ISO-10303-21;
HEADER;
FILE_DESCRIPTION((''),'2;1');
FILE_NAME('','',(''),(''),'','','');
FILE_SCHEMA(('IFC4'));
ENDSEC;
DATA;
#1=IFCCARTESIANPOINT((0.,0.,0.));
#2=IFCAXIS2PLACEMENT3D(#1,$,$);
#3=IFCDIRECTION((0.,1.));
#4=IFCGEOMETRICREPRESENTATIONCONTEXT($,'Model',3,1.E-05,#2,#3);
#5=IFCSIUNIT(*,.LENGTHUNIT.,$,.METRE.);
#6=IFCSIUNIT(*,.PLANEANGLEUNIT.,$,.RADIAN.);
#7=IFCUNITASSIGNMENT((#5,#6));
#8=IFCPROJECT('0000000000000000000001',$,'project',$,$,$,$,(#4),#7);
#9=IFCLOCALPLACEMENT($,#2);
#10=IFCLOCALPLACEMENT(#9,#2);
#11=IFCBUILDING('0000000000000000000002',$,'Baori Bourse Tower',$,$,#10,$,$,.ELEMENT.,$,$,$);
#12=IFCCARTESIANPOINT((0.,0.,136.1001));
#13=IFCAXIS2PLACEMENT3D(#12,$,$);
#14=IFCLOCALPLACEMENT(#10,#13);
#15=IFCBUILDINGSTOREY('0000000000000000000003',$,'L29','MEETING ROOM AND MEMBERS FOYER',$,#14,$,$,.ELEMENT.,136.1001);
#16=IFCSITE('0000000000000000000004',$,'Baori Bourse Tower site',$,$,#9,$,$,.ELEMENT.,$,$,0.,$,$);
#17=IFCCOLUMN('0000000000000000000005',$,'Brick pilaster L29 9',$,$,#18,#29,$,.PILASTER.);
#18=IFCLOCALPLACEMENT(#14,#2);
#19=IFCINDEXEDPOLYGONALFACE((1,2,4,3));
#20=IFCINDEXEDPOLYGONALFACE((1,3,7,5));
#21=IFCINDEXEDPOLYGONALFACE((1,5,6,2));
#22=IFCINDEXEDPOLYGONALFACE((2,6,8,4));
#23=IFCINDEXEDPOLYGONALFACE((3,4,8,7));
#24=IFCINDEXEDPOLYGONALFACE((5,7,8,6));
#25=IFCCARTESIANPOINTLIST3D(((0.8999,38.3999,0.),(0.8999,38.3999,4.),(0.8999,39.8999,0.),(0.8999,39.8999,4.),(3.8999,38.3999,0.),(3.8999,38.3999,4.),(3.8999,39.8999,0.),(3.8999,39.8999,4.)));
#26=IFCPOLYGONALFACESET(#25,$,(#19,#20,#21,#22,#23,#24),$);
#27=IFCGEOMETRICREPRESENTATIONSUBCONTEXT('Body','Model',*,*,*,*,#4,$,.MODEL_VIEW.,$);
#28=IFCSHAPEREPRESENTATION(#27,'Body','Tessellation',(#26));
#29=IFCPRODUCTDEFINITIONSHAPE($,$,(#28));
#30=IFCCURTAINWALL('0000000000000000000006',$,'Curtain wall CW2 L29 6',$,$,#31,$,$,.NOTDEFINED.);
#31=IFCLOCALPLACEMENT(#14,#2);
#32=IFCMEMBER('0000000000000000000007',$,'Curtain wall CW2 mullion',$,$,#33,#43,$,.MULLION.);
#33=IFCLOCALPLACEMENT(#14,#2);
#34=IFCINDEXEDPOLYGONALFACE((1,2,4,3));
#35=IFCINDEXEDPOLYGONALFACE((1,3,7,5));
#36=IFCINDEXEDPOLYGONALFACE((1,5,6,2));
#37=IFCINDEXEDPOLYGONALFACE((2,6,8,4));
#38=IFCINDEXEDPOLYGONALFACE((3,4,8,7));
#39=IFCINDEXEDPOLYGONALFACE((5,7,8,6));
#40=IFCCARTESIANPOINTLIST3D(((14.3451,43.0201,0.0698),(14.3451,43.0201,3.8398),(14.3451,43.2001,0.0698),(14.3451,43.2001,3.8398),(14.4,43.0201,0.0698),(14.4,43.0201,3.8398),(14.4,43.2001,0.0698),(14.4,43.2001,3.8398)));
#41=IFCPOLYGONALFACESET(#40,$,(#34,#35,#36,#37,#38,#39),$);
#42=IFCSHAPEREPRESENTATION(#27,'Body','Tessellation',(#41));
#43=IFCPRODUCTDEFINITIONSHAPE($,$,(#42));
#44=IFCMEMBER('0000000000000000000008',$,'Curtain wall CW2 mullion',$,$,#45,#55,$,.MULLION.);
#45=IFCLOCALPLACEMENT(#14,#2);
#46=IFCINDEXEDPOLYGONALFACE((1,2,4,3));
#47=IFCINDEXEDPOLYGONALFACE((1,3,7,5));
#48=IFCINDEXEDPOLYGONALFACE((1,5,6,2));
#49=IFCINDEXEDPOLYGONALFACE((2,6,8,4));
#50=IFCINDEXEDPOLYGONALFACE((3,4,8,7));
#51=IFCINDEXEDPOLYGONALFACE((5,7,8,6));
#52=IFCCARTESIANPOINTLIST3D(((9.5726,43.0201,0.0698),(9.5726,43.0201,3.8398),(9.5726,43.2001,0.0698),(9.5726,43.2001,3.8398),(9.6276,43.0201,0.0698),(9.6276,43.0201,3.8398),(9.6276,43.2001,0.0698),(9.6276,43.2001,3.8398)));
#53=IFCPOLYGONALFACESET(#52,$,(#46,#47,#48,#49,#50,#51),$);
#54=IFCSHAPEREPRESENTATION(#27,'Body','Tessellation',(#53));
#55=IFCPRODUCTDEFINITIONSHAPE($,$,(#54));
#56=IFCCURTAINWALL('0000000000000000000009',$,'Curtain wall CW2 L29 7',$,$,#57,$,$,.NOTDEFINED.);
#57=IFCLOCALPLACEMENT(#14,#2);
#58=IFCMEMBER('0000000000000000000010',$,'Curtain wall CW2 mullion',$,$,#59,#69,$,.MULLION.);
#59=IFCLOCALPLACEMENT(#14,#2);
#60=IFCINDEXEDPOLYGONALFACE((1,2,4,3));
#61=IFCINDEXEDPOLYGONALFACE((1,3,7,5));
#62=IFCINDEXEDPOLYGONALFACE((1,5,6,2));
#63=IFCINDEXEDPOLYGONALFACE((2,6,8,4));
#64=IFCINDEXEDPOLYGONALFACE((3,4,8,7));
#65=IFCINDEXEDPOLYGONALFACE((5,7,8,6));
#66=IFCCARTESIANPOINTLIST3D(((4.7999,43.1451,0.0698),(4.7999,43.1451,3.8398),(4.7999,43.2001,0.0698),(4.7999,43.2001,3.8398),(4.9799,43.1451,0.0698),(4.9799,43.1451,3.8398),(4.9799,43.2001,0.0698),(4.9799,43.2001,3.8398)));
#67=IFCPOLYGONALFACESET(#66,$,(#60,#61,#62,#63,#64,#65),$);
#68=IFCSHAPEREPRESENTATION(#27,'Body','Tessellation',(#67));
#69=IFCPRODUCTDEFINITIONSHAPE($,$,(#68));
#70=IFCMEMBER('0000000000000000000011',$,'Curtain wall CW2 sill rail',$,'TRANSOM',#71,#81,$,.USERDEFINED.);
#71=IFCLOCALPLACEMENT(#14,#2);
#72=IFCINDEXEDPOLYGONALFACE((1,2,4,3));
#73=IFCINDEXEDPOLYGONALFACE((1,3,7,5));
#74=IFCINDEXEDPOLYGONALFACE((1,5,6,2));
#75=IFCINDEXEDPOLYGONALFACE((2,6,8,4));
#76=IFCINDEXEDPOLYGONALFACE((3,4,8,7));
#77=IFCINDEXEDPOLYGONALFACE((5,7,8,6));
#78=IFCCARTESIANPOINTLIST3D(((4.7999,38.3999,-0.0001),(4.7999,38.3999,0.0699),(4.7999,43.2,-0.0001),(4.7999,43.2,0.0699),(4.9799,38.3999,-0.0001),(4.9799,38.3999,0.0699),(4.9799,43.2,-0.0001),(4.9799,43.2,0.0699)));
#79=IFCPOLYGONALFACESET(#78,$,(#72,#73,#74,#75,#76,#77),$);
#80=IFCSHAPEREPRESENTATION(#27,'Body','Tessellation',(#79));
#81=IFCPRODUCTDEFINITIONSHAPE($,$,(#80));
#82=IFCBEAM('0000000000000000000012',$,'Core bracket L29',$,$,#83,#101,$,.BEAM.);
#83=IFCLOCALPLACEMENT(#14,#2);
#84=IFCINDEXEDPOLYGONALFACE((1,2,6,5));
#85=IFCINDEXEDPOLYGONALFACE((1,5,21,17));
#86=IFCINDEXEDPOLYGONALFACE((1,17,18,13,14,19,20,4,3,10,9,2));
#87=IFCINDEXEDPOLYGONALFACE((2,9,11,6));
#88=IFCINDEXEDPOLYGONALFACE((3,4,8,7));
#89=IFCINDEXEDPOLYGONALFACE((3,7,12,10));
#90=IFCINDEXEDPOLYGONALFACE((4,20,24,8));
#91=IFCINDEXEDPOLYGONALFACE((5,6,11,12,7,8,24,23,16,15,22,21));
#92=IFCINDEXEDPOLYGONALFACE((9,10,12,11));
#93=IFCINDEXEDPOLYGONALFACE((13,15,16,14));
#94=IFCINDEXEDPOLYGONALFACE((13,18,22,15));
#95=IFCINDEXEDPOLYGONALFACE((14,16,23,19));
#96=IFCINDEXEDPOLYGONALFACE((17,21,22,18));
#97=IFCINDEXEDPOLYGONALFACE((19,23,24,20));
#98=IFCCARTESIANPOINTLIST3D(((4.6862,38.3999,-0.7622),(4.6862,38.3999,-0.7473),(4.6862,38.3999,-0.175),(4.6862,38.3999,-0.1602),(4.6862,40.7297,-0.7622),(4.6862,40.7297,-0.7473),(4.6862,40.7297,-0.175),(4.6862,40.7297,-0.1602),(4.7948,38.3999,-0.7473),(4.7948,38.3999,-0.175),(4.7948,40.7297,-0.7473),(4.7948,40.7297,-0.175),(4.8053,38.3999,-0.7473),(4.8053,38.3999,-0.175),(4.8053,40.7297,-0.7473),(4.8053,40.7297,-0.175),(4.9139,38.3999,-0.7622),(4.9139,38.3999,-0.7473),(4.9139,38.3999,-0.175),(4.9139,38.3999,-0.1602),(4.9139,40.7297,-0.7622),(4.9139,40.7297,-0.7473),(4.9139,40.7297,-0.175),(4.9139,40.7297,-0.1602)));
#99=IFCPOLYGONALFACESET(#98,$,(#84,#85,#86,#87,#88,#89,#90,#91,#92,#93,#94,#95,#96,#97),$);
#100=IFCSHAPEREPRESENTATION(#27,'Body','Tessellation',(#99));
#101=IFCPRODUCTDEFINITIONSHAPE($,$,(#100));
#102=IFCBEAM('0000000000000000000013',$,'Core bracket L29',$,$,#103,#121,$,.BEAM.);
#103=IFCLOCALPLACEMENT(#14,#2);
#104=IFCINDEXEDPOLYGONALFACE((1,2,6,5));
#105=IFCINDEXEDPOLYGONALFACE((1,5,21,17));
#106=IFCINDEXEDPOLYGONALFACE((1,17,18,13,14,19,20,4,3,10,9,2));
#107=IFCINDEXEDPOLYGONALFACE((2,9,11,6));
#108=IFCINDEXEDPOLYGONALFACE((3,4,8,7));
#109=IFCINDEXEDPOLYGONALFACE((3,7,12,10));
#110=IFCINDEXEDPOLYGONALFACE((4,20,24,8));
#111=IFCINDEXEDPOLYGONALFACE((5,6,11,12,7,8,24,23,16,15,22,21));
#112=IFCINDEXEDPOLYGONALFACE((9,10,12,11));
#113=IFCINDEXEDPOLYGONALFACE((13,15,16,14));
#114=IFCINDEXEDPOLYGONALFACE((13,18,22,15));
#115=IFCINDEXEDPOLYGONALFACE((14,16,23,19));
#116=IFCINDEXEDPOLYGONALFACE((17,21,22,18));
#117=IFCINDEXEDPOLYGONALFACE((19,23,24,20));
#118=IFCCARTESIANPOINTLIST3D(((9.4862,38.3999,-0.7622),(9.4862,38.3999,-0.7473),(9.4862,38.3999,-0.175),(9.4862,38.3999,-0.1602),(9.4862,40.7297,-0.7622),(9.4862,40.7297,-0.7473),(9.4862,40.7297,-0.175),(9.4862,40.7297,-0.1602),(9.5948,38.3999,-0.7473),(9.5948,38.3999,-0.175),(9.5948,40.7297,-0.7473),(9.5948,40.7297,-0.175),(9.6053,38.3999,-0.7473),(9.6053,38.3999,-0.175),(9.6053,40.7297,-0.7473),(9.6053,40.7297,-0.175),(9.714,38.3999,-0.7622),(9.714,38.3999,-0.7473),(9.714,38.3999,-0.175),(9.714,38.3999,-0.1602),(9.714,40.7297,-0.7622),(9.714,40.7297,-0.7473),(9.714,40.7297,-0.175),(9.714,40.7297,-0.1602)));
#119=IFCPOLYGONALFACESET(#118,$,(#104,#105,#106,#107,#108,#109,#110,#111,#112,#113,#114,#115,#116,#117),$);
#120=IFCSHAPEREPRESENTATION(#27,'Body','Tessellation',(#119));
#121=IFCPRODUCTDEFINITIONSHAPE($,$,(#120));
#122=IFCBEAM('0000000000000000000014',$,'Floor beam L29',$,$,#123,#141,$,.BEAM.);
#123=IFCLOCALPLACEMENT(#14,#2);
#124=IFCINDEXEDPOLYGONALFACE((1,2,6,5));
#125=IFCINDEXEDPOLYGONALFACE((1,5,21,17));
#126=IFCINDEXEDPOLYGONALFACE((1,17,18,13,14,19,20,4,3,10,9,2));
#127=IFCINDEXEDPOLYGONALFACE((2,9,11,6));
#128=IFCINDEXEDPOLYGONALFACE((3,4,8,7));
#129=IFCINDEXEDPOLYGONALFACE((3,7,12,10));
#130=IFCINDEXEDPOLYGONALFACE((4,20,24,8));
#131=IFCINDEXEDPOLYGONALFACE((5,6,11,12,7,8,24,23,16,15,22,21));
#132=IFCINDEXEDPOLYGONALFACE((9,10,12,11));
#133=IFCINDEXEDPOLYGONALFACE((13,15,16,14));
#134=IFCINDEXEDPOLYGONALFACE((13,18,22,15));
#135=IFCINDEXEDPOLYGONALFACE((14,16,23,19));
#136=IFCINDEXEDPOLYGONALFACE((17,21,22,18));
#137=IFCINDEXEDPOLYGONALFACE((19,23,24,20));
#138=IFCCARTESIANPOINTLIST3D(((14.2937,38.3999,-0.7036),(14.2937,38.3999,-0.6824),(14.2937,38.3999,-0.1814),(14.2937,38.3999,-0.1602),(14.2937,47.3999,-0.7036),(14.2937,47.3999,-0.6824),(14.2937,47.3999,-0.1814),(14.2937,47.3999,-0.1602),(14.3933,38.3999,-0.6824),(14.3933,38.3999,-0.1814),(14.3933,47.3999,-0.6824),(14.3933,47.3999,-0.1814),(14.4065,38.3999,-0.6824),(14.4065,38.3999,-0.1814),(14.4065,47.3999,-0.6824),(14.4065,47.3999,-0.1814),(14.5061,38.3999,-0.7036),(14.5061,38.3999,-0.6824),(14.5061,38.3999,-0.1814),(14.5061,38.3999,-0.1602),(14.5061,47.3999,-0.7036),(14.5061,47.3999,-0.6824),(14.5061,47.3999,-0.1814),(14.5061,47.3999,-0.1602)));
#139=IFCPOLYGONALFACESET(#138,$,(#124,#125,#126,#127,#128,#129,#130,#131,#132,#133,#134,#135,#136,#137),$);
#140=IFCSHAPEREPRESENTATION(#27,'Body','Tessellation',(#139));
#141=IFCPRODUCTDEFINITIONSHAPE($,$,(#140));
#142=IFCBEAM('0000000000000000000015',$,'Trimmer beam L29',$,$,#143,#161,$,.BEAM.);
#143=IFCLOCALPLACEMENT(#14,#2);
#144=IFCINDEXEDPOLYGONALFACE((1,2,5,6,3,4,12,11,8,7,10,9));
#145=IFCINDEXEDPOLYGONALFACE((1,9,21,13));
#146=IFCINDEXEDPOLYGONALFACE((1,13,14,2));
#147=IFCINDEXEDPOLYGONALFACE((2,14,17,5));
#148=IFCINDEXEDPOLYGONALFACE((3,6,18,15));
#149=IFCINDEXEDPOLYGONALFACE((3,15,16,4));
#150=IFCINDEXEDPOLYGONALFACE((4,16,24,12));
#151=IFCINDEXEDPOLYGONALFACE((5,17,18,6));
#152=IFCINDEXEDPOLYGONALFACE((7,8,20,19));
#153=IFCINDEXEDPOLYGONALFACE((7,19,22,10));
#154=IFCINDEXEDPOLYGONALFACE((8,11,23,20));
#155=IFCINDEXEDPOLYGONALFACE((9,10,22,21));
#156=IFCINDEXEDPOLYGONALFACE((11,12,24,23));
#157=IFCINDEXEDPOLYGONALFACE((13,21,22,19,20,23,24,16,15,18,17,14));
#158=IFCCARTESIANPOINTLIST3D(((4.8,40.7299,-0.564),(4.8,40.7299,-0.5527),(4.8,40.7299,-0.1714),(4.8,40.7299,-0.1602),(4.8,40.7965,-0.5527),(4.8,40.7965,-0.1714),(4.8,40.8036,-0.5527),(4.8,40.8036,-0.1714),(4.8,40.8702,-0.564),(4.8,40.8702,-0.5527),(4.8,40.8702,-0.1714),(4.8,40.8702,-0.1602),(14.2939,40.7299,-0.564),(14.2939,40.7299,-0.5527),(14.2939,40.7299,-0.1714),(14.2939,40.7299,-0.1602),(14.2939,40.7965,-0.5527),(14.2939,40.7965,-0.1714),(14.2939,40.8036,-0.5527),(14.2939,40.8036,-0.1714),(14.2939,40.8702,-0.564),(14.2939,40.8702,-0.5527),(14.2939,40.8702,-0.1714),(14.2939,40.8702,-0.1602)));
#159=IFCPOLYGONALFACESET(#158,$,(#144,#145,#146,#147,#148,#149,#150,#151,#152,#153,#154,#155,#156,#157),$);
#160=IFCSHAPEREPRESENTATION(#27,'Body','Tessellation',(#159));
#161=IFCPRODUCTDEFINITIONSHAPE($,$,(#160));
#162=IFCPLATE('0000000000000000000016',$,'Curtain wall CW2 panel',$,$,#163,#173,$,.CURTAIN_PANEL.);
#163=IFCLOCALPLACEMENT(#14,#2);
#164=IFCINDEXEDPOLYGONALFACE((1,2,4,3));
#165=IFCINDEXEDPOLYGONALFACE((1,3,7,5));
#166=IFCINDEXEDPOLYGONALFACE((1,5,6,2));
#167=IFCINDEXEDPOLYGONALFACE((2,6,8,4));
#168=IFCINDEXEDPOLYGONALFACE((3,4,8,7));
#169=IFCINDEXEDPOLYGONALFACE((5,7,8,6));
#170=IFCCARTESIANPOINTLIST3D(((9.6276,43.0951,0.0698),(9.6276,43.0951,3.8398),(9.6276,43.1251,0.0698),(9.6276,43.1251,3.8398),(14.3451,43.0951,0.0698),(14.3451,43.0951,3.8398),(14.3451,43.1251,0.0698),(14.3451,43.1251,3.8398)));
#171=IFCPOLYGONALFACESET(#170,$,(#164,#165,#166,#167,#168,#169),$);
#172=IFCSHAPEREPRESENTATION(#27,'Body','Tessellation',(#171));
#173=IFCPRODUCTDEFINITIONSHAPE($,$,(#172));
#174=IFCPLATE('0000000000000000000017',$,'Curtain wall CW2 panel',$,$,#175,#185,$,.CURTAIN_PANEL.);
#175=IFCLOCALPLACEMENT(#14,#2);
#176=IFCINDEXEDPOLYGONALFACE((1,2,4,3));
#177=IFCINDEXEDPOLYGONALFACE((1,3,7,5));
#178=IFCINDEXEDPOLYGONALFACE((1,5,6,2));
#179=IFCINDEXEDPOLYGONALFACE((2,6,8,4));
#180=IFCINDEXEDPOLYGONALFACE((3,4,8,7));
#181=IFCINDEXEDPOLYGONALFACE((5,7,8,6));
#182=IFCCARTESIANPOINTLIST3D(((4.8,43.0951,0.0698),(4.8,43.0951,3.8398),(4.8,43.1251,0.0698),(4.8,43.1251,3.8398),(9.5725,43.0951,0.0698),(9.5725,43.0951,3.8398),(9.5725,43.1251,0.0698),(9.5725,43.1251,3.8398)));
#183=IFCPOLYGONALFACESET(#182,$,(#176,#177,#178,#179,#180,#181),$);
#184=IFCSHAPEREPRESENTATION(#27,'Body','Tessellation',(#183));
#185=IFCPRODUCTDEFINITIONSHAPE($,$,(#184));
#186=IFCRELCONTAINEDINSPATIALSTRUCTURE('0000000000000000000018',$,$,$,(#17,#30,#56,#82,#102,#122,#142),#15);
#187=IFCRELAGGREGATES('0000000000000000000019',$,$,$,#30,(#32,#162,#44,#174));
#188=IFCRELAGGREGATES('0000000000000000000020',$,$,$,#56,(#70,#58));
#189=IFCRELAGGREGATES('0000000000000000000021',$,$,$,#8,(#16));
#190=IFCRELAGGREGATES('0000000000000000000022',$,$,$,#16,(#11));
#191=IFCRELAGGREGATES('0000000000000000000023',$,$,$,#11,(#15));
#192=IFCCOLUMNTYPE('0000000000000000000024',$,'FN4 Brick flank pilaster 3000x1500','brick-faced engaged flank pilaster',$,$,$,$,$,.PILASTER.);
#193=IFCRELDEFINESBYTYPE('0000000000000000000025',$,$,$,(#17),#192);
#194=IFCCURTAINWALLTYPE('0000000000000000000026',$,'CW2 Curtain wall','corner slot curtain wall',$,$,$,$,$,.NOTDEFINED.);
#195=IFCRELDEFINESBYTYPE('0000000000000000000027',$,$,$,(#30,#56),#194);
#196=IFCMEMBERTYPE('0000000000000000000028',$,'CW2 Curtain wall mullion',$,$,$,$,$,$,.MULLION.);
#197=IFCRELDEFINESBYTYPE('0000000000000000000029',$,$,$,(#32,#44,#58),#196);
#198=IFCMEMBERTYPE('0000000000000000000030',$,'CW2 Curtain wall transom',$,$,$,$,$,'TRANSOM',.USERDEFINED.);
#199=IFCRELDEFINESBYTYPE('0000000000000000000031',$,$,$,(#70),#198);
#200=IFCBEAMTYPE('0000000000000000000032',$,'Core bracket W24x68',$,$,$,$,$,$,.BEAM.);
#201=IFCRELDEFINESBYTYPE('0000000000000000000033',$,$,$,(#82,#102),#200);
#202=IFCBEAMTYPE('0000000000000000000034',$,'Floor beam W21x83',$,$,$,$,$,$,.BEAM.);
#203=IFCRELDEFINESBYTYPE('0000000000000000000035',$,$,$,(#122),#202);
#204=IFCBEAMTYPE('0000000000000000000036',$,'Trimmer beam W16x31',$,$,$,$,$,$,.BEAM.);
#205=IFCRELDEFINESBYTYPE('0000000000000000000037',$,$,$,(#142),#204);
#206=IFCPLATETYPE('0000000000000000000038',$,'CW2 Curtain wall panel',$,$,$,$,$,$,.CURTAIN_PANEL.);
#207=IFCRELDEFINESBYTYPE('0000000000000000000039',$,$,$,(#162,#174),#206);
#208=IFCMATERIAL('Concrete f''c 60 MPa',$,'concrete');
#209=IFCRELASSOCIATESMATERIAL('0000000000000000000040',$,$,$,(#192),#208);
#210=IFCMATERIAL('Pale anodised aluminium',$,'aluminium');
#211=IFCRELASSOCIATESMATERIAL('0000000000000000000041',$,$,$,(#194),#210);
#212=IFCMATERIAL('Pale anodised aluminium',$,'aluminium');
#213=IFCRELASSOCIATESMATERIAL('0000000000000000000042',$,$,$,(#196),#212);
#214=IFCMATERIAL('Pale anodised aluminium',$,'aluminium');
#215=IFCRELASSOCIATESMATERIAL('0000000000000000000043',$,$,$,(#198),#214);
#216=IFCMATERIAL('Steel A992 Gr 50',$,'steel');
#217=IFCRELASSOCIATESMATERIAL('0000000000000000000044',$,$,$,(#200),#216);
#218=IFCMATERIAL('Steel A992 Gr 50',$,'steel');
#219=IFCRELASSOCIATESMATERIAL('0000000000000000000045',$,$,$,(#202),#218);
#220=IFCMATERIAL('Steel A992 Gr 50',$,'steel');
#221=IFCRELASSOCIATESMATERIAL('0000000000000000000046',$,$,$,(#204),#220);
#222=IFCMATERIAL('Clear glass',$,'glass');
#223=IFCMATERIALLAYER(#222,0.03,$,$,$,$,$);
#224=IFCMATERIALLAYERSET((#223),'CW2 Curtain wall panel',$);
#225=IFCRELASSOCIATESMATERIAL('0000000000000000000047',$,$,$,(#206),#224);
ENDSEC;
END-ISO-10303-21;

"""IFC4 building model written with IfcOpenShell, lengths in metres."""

from ifc_helpers import new_model, si_unit, direction, frame, origin, origin_2d, place, context, subcontext, project, spatial, rectangle, i_section, extrude, material, layer, layer_set, material_profile, profile_set, type_object, element, aggregate, save


model = new_model("IFC4")

# Units and contexts
model_context = context("Model", 3, precision=1e-05, world=origin(), true_north=direction((0.0, 1.0)))
body_context = subcontext(model_context, "Body", "Model", "MODEL_VIEW")
ifc_project = project(units=[si_unit("LENGTHUNIT", "METRE"), si_unit("PLANEANGLEUNIT", "RADIAN")], contexts=[model_context])

# Site, building, storey
site_placement = place(None, origin())
site = spatial("IfcSite", under=ifc_project, at=site_placement, Name="Baori Bourse Tower site", CompositionType="ELEMENT", RefElevation=0.0)
building_placement = place(site_placement, origin())
building = spatial("IfcBuilding", under=site, at=building_placement, Name="Baori Bourse Tower", CompositionType="ELEMENT")
storey_placement = place(building_placement, frame((0.0, 0.0, 136.1001)))
storey = spatial("IfcBuildingStorey", under=building, at=storey_placement, Name="L29", Description="MEETING ROOM AND MEMBERS FOYER", CompositionType="ELEMENT", Elevation=136.1001)

# Column
ifc_material_1 = material(Name="Concrete f'c 60 MPa", Category="concrete")
ifc_material_profile_1 = material_profile(ifc_material_1, rectangle(XDim=3.0, YDim=1.5, at=origin_2d()), Name="RC 3000x1500")
ifc_profile_set_1 = profile_set([ifc_material_profile_1], Name="Concrete f'c 60 MPa")
column_type = type_object("IfcColumnType", Name="FN4 Brick flank pilaster 3000x1500", Description="brick-faced engaged flank pilaster", PredefinedType="PILASTER", material=ifc_profile_set_1)
column_placement = place(storey_placement, frame((2.3999, 39.1499, 0.0), z_axis=(0.0, 0.0, 1.0), x_axis=(1.0, 0.0, 0.0)))
element("IfcColumn", 1, at=column_placement, inside=storey, type_object=column_type, Name="Brick pilaster L29 9", PredefinedType="PILASTER", context=body_context, shape_type="SweptSolid", body=[
    extrude(rectangle(XDim=3.0, YDim=1.5, at=origin_2d()), origin(), (0.0, 0.0, 1.0), 4.0),
])

# Curtain walls, members
ifc_material_2 = material(Name="Pale anodised aluminium", Category="aluminium")
curtain_wall_type = type_object("IfcCurtainWallType", Name="CW2 Curtain wall", Description="corner slot curtain wall", PredefinedType="NOTDEFINED", material=ifc_material_2)
curtain_wall_1_placement = place(storey_placement, origin())
curtain_wall_1 = element("IfcCurtainWall", 2, at=curtain_wall_1_placement, inside=storey, type_object=curtain_wall_type, Name="Curtain wall CW2 L29 6", PredefinedType="NOTDEFINED")
ifc_material_3 = material(Name="Pale anodised aluminium", Category="aluminium")
ifc_material_profile_2 = material_profile(ifc_material_3, rectangle(XDim=0.1799, YDim=0.0549, at=origin_2d()), Name="Mullion 55x180")
ifc_profile_set_2 = profile_set([ifc_material_profile_2], Name="Pale anodised aluminium")
member_type_1 = type_object("IfcMemberType", Name="CW2 Curtain wall mullion", PredefinedType="MULLION", material=ifc_profile_set_2)
member_1_placement = place(storey_placement, frame((14.3726, 43.1101, 0.0698), z_axis=(0.0, 0.0, 1.0), x_axis=(0.0, -1.0, 0.0)))
member_1 = element("IfcMember", 3, at=member_1_placement, type_object=member_type_1, Name="Curtain wall CW2 mullion", PredefinedType="MULLION", context=body_context, shape_type="SweptSolid", body=[
    extrude(rectangle(XDim=0.1799, YDim=0.0549, at=origin_2d()), origin(), (0.0, 0.0, 1.0), 3.77),
])
member_2_placement = place(storey_placement, frame((9.6001, 43.1101, 0.0698), z_axis=(0.0, 0.0, 1.0), x_axis=(0.0, -1.0, 0.0)))
member_2 = element("IfcMember", 4, at=member_2_placement, type_object=member_type_1, Name="Curtain wall CW2 mullion", PredefinedType="MULLION", context=body_context, shape_type="SweptSolid", body=[
    extrude(rectangle(XDim=0.1799, YDim=0.0549, at=origin_2d()), origin(), (0.0, 0.0, 1.0), 3.77),
])
curtain_wall_2_placement = place(storey_placement, origin())
curtain_wall_2 = element("IfcCurtainWall", 5, at=curtain_wall_2_placement, inside=storey, type_object=curtain_wall_type, Name="Curtain wall CW2 L29 7", PredefinedType="NOTDEFINED")
member_3_placement = place(storey_placement, frame((4.8899, 43.1726, 0.0698), z_axis=(0.0, 0.0, 1.0), x_axis=(1.0, 0.0, 0.0)))
member_3 = element("IfcMember", 6, at=member_3_placement, type_object=member_type_1, Name="Curtain wall CW2 mullion", PredefinedType="MULLION", context=body_context, shape_type="SweptSolid", body=[
    extrude(rectangle(XDim=0.1799, YDim=0.0549, at=origin_2d()), origin(), (0.0, 0.0, 1.0), 3.77),
])
ifc_material_4 = material(Name="Pale anodised aluminium", Category="aluminium")
ifc_material_profile_3 = material_profile(ifc_material_4, rectangle(XDim=0.1799, YDim=0.0701, at=origin_2d()), Name="Transom 70x180")
ifc_profile_set_3 = profile_set([ifc_material_profile_3], Name="Pale anodised aluminium")
member_type_2 = type_object("IfcMemberType", Name="CW2 Curtain wall transom", ElementType="TRANSOM", PredefinedType="USERDEFINED", material=ifc_profile_set_3)
member_4_placement = place(storey_placement, frame((4.8899, 43.2, 0.0349), z_axis=(0.0, -1.0, 0.0), x_axis=(1.0, 0.0, 0.0)))
member_4 = element("IfcMember", 7, at=member_4_placement, type_object=member_type_2, Name="Curtain wall CW2 sill rail", ObjectType="TRANSOM", PredefinedType="USERDEFINED", context=body_context, shape_type="SweptSolid", body=[
    extrude(rectangle(XDim=0.1799, YDim=0.0701, at=origin_2d()), origin(), (0.0, 0.0, 1.0), 4.8),
])

# Beams
ifc_material_5 = material(Name="Steel A992 Gr 50", Category="steel")
ifc_material_profile_4 = material_profile(ifc_material_5, i_section(OverallWidth=0.2278, OverallDepth=0.6021, WebThickness=0.0105, FlangeThickness=0.0149, at=origin_2d()), Name="W24x68")
ifc_profile_set_4 = profile_set([ifc_material_profile_4], Name="Steel A992 Gr 50")
beam_type_1 = type_object("IfcBeamType", Name="Core bracket W24x68", PredefinedType="BEAM", material=ifc_profile_set_4)
for number, where, z_axis, x_axis, name in (
    (8, (4.8, 38.3999, -0.4612), (0.0, 1.0, 0.0), (-1.0, 0.0, 0.0), "Core bracket L29"),
    (9, (9.6001, 38.3999, -0.4612), (0.0, 1.0, 0.0), (-1.0, 0.0, 0.0), "Core bracket L29"),
):
    element("IfcBeam", number, at=place(storey_placement, frame(where, z_axis=z_axis, x_axis=x_axis)), inside=storey, type_object=beam_type_1, Name=name, PredefinedType="BEAM", context=body_context, shape_type="SweptSolid", body=[
        extrude(i_section(OverallWidth=0.2278, OverallDepth=0.6021, WebThickness=0.0105, FlangeThickness=0.0149, at=origin_2d()), origin(), (0.0, 0.0, 1.0), 2.3298),
    ])
ifc_material_6 = material(Name="Steel A992 Gr 50", Category="steel")
ifc_material_profile_5 = material_profile(ifc_material_6, i_section(OverallWidth=0.2124, OverallDepth=0.5435, WebThickness=0.0132, FlangeThickness=0.0212, at=origin_2d()), Name="W21x83")
ifc_profile_set_5 = profile_set([ifc_material_profile_5], Name="Steel A992 Gr 50")
beam_type_2 = type_object("IfcBeamType", Name="Floor beam W21x83", PredefinedType="BEAM", material=ifc_profile_set_5)
beam_1_placement = place(storey_placement, frame((14.3999, 38.3999, -0.4319), z_axis=(0.0, 1.0, 0.0), x_axis=(-1.0, 0.0, 0.0)))
element("IfcBeam", 10, at=beam_1_placement, inside=storey, type_object=beam_type_2, Name="Floor beam L29", PredefinedType="BEAM", context=body_context, shape_type="SweptSolid", body=[
    extrude(i_section(OverallWidth=0.2124, OverallDepth=0.5435, WebThickness=0.0132, FlangeThickness=0.0212, at=origin_2d()), origin(), (0.0, 0.0, 1.0), 9.0),
])
ifc_material_7 = material(Name="Steel A992 Gr 50", Category="steel")
ifc_material_profile_6 = material_profile(ifc_material_7, i_section(OverallWidth=0.1404, OverallDepth=0.4038, WebThickness=0.0071, FlangeThickness=0.0112, at=origin_2d()), Name="W16x31")
ifc_profile_set_6 = profile_set([ifc_material_profile_6], Name="Steel A992 Gr 50")
beam_type_3 = type_object("IfcBeamType", Name="Trimmer beam W16x31", PredefinedType="BEAM", material=ifc_profile_set_6)
beam_2_placement = place(storey_placement, frame((4.8, 40.8, -0.3621), z_axis=(1.0, 0.0, 0.0), x_axis=(0.0, 1.0, 0.0)))
element("IfcBeam", 11, at=beam_2_placement, inside=storey, type_object=beam_type_3, Name="Trimmer beam L29", PredefinedType="BEAM", context=body_context, shape_type="SweptSolid", body=[
    extrude(i_section(OverallWidth=0.1404, OverallDepth=0.4038, WebThickness=0.0071, FlangeThickness=0.0112, at=origin_2d()), origin(), (0.0, 0.0, 1.0), 9.4939),
])

# Plates
ifc_material_8 = material(Name="Clear glass", Category="glass")
ifc_layer_1 = layer(ifc_material_8, 0.03)
ifc_layer_set_1 = layer_set([ifc_layer_1], Name="CW2 Curtain wall panel")
plate_type = type_object("IfcPlateType", Name="CW2 Curtain wall panel", PredefinedType="CURTAIN_PANEL", material=ifc_layer_set_1)
plate_1_placement = place(storey_placement, frame((11.9863, 43.1101, 0.0698), z_axis=(0.0, 0.0, 1.0), x_axis=(-1.0, 0.0, 0.0)))
plate_1 = element("IfcPlate", 12, at=plate_1_placement, type_object=plate_type, Name="Curtain wall CW2 panel", PredefinedType="CURTAIN_PANEL", context=body_context, shape_type="SweptSolid", body=[
    extrude(rectangle(XDim=4.7175, YDim=0.03, at=origin_2d()), origin(), (0.0, 0.0, 1.0), 3.77),
])
plate_2_placement = place(storey_placement, frame((7.1863, 43.1101, 0.0698), z_axis=(0.0, 0.0, 1.0), x_axis=(-1.0, 0.0, 0.0)))
plate_2 = element("IfcPlate", 13, at=plate_2_placement, type_object=plate_type, Name="Curtain wall CW2 panel", PredefinedType="CURTAIN_PANEL", context=body_context, shape_type="SweptSolid", body=[
    extrude(rectangle(XDim=4.7725, YDim=0.03, at=origin_2d()), origin(), (0.0, 0.0, 1.0), 3.77),
])
aggregate(curtain_wall_1, [member_1, plate_1, member_2, plate_2])
aggregate(curtain_wall_2, [member_4, member_3])

save(model, "model.ifc")
